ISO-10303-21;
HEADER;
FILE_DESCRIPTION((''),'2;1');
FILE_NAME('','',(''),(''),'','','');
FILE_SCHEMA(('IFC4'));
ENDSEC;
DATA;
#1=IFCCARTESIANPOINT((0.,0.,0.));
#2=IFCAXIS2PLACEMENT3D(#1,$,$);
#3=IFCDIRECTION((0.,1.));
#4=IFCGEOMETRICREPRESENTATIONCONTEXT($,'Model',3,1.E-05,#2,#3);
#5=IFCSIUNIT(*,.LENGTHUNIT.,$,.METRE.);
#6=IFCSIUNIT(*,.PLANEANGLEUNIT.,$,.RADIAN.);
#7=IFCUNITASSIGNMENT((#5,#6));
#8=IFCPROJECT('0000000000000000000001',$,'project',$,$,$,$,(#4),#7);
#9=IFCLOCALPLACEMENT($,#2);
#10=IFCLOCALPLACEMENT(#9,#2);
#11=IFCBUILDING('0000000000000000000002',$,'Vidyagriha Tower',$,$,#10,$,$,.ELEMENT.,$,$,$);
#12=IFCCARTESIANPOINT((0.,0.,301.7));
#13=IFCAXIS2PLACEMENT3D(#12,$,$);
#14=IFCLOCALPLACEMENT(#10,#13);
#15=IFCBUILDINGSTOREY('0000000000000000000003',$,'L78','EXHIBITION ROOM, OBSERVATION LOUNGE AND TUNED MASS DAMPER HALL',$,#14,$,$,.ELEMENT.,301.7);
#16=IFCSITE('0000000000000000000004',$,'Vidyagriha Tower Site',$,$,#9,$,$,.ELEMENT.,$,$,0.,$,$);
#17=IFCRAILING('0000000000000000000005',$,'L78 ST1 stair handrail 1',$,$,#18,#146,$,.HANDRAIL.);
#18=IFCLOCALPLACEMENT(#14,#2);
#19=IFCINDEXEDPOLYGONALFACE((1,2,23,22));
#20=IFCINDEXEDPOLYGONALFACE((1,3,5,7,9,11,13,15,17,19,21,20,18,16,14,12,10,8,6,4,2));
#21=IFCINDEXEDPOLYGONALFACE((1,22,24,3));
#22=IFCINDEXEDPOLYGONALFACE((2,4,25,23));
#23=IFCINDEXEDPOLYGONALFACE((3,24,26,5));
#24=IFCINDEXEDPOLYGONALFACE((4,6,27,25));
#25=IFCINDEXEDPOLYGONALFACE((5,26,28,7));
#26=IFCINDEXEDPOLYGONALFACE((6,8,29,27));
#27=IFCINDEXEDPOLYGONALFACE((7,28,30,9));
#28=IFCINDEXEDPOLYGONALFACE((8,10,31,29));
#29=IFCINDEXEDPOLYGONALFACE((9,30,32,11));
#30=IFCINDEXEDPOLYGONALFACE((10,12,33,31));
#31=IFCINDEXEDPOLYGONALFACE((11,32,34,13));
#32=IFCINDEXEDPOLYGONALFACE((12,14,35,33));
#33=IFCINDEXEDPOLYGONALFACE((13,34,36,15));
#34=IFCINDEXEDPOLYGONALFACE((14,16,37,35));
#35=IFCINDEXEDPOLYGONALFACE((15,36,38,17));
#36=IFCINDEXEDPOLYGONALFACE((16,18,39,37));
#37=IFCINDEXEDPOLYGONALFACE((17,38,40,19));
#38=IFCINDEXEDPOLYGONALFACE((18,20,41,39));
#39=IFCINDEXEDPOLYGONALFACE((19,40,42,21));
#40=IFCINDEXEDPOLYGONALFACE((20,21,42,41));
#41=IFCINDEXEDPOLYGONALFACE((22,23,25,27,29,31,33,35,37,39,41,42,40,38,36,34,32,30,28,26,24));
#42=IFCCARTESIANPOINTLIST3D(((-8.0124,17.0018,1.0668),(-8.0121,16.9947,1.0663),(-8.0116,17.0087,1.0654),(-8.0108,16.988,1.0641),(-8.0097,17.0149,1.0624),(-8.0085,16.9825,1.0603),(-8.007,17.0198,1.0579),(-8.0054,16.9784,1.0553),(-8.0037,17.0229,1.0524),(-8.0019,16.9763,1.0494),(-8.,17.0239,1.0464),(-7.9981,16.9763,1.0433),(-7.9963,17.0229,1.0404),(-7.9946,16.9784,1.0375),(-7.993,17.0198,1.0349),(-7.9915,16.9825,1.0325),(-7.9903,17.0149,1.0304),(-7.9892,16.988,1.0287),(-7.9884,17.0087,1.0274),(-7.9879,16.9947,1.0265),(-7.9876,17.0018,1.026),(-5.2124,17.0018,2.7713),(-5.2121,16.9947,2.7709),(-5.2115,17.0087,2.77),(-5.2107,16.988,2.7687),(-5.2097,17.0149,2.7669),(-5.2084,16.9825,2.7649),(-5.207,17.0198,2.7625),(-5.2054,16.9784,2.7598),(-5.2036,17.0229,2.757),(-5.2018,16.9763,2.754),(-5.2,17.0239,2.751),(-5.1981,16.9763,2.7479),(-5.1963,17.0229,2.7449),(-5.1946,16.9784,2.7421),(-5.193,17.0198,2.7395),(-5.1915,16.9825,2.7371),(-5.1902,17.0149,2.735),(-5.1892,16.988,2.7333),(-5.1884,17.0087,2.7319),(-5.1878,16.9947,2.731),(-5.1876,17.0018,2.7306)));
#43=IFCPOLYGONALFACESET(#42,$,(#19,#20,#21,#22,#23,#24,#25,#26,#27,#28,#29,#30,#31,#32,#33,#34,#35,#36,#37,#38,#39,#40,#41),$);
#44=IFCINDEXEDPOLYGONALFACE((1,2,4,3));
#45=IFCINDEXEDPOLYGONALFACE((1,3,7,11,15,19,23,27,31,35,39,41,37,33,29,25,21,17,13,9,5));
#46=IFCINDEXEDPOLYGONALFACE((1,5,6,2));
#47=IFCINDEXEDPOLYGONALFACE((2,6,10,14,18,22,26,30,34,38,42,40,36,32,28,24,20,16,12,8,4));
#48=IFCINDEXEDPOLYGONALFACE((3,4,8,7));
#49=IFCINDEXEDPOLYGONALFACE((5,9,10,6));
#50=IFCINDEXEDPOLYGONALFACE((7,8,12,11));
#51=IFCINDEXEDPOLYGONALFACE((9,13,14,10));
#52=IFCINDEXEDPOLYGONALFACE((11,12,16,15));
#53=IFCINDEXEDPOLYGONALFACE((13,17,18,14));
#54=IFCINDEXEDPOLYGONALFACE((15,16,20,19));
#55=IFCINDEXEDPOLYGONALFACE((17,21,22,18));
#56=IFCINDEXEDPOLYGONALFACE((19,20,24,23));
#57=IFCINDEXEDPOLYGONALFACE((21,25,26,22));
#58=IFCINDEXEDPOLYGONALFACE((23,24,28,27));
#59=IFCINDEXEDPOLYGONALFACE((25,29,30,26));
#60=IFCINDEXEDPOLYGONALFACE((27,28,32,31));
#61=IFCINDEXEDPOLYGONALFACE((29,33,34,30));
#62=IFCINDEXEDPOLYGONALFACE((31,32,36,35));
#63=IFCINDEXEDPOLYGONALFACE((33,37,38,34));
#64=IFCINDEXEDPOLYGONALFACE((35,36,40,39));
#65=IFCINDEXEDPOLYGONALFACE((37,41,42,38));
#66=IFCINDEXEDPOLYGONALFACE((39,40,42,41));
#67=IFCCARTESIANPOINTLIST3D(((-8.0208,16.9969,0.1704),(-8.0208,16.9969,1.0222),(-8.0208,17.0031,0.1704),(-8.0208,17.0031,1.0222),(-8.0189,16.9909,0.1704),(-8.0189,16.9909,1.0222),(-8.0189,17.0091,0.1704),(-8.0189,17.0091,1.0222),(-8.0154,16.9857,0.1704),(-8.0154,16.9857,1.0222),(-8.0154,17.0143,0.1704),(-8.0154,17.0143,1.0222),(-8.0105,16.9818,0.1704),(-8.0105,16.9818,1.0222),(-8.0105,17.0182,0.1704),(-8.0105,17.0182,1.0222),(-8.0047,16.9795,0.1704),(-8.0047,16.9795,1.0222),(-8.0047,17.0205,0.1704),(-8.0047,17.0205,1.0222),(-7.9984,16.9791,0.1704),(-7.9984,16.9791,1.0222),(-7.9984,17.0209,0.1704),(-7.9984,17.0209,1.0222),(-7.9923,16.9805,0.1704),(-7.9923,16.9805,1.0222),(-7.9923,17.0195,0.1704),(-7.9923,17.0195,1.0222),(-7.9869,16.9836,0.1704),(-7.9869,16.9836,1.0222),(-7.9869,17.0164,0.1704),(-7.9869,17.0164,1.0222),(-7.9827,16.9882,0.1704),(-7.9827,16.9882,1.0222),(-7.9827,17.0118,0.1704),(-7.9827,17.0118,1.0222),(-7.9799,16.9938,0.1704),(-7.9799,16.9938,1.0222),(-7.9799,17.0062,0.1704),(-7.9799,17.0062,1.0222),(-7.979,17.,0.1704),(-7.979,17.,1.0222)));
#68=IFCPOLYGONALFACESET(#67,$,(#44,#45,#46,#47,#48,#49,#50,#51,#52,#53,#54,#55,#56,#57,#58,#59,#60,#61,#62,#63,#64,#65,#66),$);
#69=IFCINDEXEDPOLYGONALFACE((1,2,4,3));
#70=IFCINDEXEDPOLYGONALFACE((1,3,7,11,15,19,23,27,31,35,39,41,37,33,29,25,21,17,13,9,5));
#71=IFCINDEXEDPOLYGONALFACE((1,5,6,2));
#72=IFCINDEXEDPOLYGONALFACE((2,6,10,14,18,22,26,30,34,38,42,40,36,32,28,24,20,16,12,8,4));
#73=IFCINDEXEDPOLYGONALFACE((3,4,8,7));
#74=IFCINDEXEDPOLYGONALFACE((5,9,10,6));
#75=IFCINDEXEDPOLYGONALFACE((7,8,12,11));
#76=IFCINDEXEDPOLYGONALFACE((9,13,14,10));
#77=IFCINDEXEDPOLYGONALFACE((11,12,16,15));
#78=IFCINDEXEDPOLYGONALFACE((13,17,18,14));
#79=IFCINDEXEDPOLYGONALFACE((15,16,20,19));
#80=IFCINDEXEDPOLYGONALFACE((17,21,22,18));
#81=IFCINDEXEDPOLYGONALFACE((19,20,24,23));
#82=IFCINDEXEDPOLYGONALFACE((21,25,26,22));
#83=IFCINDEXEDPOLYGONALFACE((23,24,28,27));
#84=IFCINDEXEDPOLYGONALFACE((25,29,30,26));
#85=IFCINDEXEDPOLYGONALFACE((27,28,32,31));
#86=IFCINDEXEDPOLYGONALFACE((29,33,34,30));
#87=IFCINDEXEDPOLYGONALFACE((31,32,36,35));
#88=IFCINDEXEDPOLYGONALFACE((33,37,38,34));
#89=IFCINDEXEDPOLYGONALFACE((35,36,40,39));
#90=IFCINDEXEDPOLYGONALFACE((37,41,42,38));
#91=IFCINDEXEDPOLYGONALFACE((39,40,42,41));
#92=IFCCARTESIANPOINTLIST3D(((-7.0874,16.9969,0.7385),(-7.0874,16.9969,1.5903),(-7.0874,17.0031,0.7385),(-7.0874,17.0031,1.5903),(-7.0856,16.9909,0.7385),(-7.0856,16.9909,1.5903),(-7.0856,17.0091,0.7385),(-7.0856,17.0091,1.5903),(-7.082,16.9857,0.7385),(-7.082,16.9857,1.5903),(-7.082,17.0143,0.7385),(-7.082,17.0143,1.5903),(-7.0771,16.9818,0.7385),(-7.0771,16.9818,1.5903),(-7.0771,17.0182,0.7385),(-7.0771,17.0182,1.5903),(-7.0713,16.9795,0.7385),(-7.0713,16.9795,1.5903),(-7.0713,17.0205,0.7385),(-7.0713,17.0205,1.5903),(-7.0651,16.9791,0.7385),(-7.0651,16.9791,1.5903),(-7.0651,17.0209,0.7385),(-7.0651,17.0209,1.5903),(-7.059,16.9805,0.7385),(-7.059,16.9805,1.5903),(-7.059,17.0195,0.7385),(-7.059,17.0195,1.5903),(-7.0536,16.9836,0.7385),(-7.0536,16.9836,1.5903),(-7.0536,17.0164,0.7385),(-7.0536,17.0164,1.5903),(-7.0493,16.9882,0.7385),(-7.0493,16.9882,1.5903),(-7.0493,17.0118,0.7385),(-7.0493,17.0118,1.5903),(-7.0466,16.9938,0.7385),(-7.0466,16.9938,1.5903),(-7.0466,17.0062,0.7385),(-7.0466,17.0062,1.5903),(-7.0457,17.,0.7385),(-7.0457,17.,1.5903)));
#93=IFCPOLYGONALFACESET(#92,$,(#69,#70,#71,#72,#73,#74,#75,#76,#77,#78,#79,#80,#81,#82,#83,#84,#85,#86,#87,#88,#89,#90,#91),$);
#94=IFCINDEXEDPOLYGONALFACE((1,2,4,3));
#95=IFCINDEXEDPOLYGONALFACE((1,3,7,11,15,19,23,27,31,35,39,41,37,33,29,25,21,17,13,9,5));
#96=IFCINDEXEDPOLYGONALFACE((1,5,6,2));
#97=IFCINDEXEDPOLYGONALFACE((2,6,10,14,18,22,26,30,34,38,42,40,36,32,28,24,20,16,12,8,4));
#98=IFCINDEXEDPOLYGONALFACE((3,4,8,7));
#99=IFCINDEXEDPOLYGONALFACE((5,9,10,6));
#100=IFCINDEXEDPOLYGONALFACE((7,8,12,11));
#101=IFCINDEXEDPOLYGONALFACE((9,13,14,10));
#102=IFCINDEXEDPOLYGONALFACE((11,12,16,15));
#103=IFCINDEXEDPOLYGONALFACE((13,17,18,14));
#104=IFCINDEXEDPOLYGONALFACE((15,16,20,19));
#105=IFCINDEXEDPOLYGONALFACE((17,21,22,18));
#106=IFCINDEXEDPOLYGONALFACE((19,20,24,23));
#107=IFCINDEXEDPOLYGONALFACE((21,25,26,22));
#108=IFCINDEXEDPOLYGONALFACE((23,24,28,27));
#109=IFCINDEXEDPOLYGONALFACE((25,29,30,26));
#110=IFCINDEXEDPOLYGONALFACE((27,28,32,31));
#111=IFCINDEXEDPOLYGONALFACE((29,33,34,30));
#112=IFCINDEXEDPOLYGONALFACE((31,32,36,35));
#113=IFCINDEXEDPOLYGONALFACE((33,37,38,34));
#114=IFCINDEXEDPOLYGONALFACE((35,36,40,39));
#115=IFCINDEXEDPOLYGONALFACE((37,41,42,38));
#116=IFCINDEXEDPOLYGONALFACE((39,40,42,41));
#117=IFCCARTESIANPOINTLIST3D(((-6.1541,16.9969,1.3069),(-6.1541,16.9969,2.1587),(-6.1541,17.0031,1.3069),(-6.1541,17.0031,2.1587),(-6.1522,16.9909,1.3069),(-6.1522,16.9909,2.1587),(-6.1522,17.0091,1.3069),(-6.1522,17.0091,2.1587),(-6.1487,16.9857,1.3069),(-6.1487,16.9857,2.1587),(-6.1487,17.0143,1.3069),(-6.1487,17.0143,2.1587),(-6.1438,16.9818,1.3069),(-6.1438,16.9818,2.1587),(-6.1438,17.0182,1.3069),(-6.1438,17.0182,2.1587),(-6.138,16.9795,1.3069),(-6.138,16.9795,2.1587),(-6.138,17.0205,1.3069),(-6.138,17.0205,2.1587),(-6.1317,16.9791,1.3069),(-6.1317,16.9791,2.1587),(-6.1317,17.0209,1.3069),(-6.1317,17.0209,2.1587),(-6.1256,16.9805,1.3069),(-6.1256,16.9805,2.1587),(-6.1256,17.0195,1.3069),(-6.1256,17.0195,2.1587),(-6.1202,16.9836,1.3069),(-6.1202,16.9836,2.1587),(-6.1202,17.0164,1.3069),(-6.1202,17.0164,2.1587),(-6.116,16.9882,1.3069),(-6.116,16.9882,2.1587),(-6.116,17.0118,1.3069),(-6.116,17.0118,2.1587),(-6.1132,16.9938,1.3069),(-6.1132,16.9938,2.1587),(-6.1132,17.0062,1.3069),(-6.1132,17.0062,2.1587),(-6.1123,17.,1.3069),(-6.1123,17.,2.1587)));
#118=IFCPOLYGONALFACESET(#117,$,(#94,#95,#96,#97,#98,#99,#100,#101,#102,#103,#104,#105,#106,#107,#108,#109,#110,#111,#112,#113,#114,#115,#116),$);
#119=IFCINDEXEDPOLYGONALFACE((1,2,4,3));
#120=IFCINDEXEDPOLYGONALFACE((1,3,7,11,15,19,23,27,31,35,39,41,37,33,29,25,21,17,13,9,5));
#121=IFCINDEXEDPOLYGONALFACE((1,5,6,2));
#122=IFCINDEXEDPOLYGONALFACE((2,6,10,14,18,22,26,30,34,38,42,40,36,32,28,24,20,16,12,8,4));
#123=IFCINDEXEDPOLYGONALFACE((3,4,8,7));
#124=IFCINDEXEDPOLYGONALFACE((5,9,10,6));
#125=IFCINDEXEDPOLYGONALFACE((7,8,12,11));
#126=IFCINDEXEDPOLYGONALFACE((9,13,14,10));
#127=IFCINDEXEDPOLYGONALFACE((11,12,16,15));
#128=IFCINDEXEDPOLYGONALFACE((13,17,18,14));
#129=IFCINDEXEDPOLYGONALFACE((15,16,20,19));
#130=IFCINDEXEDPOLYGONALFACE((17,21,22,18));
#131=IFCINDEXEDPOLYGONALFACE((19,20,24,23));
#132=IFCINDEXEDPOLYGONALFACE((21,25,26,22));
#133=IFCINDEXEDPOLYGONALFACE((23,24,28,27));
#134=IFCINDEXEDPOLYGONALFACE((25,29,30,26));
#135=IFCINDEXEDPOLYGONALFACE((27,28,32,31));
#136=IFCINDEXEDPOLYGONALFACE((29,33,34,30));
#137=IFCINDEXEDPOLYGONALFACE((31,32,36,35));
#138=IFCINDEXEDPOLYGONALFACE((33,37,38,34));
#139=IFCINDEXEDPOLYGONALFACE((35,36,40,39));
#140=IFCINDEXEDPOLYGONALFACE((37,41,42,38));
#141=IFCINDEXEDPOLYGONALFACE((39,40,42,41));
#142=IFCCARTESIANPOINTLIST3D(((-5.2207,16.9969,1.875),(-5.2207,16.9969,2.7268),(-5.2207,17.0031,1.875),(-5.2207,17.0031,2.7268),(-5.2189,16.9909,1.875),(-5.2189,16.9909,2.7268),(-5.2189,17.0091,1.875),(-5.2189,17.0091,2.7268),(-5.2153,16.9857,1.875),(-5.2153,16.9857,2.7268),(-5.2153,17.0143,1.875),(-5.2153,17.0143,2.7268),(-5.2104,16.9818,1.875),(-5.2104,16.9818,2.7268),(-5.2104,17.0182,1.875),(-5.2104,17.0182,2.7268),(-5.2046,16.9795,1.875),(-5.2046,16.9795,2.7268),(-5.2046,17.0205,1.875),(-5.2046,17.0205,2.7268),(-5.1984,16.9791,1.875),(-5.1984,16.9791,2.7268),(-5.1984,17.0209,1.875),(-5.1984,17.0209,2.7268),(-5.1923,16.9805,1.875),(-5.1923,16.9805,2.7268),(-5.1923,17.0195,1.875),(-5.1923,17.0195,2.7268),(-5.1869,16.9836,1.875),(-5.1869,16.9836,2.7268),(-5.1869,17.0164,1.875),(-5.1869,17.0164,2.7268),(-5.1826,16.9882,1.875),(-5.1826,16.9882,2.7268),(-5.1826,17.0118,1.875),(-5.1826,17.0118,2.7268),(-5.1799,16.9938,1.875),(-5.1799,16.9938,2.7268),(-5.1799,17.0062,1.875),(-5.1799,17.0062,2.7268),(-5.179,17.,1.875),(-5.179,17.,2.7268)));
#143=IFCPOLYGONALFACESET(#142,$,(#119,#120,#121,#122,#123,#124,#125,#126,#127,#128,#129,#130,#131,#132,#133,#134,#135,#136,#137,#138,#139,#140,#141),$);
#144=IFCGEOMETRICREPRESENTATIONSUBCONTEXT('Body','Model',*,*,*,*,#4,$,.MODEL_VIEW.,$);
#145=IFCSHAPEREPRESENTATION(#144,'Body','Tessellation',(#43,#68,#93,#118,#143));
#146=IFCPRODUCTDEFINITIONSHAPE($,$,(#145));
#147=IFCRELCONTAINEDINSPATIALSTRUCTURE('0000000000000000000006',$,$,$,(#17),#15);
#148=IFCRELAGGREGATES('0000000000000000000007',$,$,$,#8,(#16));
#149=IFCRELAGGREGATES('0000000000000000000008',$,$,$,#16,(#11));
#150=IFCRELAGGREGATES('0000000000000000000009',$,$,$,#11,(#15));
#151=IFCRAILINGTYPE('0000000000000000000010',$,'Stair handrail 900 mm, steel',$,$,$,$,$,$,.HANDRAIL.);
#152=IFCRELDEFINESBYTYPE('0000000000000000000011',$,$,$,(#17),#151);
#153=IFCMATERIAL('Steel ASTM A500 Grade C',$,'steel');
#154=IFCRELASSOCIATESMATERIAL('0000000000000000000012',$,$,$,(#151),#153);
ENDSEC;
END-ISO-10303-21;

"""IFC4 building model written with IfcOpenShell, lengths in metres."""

from ifc_helpers import new_model, si_unit, direction, frame, origin, origin_2d, place, context, subcontext, project, spatial, circle, extrude, material, type_object, element, save


model = new_model("IFC4")

# Units and contexts
model_context = context("Model", 3, precision=1e-05, world=origin(), true_north=direction((0.0, 1.0)))
body_context = subcontext(model_context, "Body", "Model", "MODEL_VIEW")
ifc_project = project(units=[si_unit("LENGTHUNIT", "METRE"), si_unit("PLANEANGLEUNIT", "RADIAN")], contexts=[model_context])

# Site, building, storey
site_placement = place(None, origin())
site = spatial("IfcSite", under=ifc_project, at=site_placement, Name="Vidyagriha Tower Site", CompositionType="ELEMENT", RefElevation=0.0)
building_placement = place(site_placement, origin())
building = spatial("IfcBuilding", under=site, at=building_placement, Name="Vidyagriha Tower", CompositionType="ELEMENT")
storey_placement = place(building_placement, frame((0.0, 0.0, 301.7)))
storey = spatial("IfcBuildingStorey", under=building, at=storey_placement, Name="L78", Description="EXHIBITION ROOM, OBSERVATION LOUNGE AND TUNED MASS DAMPER HALL", CompositionType="ELEMENT", Elevation=301.7)

# Railing
ifc_material_1 = material(Name="Steel ASTM A500 Grade C", Category="steel")
railing_type_1 = type_object("IfcRailingType", Name="Stair handrail 900 mm, steel", PredefinedType="HANDRAIL", material=ifc_material_1)
for number, where, name in (
    (1, (-8.0, 17.0, 0.1704), "L78 ST1 stair handrail 1"),
):
    element("IfcRailing", number, at=place(storey_placement, frame(where)), inside=storey, type_object=railing_type_1, Name=name, PredefinedType="HANDRAIL", context=body_context, shape_type="SweptSolid", body=[
        extrude(circle(Radius=0.0239, at=origin_2d()), frame((0.0, 0.0, 0.876), z_axis=(0.85417, 0.0, 0.519994), x_axis=(0.0, 1.0, 0.0)), (0.0, 0.0, 1.0), 3.2781),
        extrude(circle(Radius=0.021, at=origin_2d()), origin(), (0.0, 0.0, 1.0), 0.8518),
        extrude(circle(Radius=0.021, at=origin_2d()), frame((0.9333, 0.0, 0.5681)), (0.0, 0.0, 1.0), 0.8518),
        extrude(circle(Radius=0.021, at=origin_2d()), frame((1.8667, 0.0, 1.1365)), (0.0, 0.0, 1.0), 0.8518),
        extrude(circle(Radius=0.021, at=origin_2d()), frame((2.8, 0.0, 1.7046)), (0.0, 0.0, 1.0), 0.8518),
    ])

save(model, "model.ifc")
